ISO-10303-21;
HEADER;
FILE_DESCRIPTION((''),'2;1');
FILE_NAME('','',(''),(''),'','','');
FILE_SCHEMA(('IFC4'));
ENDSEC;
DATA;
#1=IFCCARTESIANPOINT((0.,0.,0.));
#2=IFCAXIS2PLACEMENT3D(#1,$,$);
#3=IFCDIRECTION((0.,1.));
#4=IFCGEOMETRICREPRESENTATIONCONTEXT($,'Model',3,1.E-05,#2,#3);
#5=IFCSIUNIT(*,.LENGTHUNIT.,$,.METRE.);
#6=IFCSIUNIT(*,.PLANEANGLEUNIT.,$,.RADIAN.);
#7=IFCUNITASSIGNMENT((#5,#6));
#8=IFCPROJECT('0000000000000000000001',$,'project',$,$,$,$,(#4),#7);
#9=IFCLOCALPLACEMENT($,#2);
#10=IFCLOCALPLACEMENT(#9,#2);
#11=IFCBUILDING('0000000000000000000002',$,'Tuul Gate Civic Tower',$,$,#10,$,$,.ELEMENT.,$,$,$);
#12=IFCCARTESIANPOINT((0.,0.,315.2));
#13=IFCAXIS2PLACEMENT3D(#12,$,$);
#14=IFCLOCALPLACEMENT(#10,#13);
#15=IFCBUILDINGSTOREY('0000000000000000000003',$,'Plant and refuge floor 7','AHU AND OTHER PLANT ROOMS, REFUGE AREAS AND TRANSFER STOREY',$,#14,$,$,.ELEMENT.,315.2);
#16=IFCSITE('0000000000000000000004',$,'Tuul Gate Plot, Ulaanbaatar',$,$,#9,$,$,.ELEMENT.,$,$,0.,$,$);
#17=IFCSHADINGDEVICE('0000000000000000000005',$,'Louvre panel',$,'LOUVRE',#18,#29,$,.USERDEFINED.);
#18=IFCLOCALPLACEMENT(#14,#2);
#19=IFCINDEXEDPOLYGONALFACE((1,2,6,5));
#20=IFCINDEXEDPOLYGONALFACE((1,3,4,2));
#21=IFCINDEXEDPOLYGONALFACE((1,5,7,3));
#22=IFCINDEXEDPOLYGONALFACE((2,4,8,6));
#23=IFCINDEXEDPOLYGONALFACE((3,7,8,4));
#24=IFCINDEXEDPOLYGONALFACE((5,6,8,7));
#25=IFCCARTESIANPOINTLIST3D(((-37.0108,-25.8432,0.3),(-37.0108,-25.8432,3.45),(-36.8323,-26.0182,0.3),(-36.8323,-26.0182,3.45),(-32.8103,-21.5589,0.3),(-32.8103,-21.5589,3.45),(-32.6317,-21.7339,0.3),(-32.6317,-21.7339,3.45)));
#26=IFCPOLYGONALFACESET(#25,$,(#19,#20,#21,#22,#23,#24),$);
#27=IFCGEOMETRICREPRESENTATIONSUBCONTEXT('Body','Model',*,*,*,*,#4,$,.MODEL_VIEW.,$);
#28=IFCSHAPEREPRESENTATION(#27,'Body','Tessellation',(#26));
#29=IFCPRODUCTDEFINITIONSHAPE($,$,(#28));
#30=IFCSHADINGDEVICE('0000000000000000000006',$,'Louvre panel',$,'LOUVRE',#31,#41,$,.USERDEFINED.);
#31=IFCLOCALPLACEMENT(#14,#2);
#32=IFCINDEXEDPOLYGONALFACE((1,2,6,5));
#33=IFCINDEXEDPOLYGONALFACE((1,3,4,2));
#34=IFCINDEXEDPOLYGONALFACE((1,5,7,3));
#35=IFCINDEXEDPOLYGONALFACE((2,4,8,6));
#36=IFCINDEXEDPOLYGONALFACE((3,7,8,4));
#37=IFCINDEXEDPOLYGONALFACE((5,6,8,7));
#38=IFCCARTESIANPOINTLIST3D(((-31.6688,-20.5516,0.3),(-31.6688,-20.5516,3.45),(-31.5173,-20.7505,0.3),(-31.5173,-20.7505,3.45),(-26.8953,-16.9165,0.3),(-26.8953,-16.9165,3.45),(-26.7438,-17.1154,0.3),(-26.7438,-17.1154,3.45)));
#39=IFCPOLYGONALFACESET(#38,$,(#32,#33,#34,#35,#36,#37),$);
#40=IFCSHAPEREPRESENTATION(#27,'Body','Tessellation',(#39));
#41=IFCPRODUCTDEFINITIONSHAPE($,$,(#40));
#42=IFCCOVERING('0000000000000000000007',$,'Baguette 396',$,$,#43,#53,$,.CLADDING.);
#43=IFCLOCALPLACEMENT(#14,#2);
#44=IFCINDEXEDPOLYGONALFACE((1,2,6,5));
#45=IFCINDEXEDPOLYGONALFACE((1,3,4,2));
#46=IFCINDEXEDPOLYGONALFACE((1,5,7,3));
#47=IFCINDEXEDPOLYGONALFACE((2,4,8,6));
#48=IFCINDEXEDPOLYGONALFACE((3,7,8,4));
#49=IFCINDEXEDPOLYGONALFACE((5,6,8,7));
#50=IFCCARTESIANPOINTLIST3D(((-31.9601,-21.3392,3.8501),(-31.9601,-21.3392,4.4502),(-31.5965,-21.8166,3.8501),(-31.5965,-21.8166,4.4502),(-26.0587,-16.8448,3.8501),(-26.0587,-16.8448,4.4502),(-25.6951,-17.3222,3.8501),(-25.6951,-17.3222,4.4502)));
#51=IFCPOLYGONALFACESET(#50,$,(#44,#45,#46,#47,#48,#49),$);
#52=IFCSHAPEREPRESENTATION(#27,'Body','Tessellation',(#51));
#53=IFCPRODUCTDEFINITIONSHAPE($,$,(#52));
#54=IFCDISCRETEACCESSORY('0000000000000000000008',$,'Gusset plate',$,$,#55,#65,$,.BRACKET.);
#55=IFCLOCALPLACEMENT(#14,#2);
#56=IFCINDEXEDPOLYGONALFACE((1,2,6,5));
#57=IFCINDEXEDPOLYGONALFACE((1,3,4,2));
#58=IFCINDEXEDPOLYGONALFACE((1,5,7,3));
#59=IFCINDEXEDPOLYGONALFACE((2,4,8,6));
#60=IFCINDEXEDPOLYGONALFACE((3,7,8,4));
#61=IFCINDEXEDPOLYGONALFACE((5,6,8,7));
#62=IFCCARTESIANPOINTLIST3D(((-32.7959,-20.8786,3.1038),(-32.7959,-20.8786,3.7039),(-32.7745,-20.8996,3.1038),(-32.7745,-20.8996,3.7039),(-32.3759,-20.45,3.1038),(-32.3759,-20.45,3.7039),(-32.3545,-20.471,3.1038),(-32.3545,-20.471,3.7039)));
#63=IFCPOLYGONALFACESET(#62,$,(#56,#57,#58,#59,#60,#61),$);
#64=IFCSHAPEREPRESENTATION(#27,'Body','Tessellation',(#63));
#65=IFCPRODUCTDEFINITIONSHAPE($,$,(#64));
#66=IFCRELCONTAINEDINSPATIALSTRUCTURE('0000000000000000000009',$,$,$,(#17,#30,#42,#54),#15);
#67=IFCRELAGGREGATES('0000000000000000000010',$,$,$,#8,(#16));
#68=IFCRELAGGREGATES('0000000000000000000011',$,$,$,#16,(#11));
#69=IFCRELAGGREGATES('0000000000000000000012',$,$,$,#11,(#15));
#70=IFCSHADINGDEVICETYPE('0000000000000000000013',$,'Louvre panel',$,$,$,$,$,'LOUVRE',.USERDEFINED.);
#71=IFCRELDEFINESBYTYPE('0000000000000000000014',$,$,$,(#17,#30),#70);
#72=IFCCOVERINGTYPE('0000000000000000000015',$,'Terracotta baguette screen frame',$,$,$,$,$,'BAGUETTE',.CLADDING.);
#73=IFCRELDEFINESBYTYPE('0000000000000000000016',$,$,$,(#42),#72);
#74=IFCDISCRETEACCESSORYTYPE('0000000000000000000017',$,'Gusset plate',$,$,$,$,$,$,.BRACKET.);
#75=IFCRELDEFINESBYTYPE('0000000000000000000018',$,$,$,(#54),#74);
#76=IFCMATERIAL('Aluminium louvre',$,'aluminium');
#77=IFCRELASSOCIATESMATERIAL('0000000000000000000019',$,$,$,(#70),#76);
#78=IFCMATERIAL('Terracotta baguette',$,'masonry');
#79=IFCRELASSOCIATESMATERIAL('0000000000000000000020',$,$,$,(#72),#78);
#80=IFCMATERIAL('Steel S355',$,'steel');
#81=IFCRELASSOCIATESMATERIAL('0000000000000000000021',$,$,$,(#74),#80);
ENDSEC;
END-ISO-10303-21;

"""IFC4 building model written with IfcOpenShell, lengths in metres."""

from ifc_helpers import new_model, si_unit, direction, frame, origin, origin_2d, place, context, subcontext, project, spatial, rectangle, extrude, material, material_profile, profile_set, type_object, element, save


model = new_model("IFC4")

# Units and contexts
model_context = context("Model", 3, precision=1e-05, world=origin(), true_north=direction((0.0, 1.0)))
body_context = subcontext(model_context, "Body", "Model", "MODEL_VIEW")
ifc_project = project(units=[si_unit("LENGTHUNIT", "METRE"), si_unit("PLANEANGLEUNIT", "RADIAN")], contexts=[model_context])

# Site, building, storey
site_placement = place(None, origin())
site = spatial("IfcSite", under=ifc_project, at=site_placement, Name="Tuul Gate Plot, Ulaanbaatar", CompositionType="ELEMENT", RefElevation=0.0)
building_placement = place(site_placement, origin())
building = spatial("IfcBuilding", under=site, at=building_placement, Name="Tuul Gate Civic Tower", CompositionType="ELEMENT")
storey_placement = place(building_placement, frame((0.0, 0.0, 315.2)))
storey = spatial("IfcBuildingStorey", under=building, at=storey_placement, Name="Plant and refuge floor 7", Description="AHU AND OTHER PLANT ROOMS, REFUGE AREAS AND TRANSFER STOREY", CompositionType="ELEMENT", Elevation=315.2)

# Shading devices
ifc_material_1 = material(Name="Aluminium louvre", Category="aluminium")
shading_device_type = type_object("IfcShadingDeviceType", Name="Louvre panel", ElementType="LOUVRE", PredefinedType="USERDEFINED", material=ifc_material_1)
for number, where, z_axis, x_axis, name in (
    (1, (-34.8213, -23.7886, 0.3), (0.0, 0.0, 1.0), (0.714048, -0.700097, 0.0), "Louvre panel"),
    (2, (-29.2063, -18.8335, 0.3), (0.0, 0.0, 1.0), (0.605851, -0.795578, 0.0), "Louvre panel"),
):
    element("IfcShadingDevice", number, at=place(storey_placement, frame(where, z_axis=z_axis, x_axis=x_axis)), inside=storey, type_object=shading_device_type, Name=name, ObjectType="LOUVRE", PredefinedType="USERDEFINED", context=body_context, shape_type="SweptSolid", body=[
        extrude(rectangle(XDim=0.25, YDim=6.0, at=origin_2d()), origin(), (0.0, 0.0, 1.0), 3.1499),
    ])

# Covering
ifc_material_2 = material(Name="Terracotta baguette", Category="masonry")
ifc_material_profile_1 = material_profile(ifc_material_2, rectangle(XDim=0.6001, YDim=0.6001, at=origin_2d()), Name="Terracotta baguette screen frame")
ifc_profile_set_1 = profile_set([ifc_material_profile_1], Name="Terracotta baguette")
covering_type = type_object("IfcCoveringType", Name="Terracotta baguette screen frame", ElementType="BAGUETTE", PredefinedType="CLADDING", material=ifc_profile_set_1)
covering_placement = place(storey_placement, frame((-31.7783, -21.5779, 4.1501), z_axis=(0.795555, 0.605882, 0.0), x_axis=(-0.605882, 0.795555, 0.0)))
element("IfcCovering", 3, at=covering_placement, inside=storey, type_object=covering_type, Name="Baguette 396", PredefinedType="CLADDING", context=body_context, shape_type="SweptSolid", body=[
    extrude(rectangle(XDim=0.6001, YDim=0.6001, at=origin_2d()), origin(), (0.0, 0.0, 1.0), 7.418),
])

# Discrete accessory
ifc_material_3 = material(Name="Steel S355", Category="steel")
discrete_accessory_type = type_object("IfcDiscreteAccessoryType", Name="Gusset plate", PredefinedType="BRACKET", material=ifc_material_3)
discrete_accessory_placement = place(storey_placement, frame((-32.5752, -20.6748, 3.1038), z_axis=(0.0, 0.0, 1.0), x_axis=(-0.699958, -0.714184, 0.0)))
element("IfcDiscreteAccessory", 4, at=discrete_accessory_placement, inside=storey, type_object=discrete_accessory_type, Name="Gusset plate", PredefinedType="BRACKET", context=body_context, shape_type="SweptSolid", body=[
    extrude(rectangle(XDim=0.6001, YDim=0.03, at=origin_2d()), origin(), (0.0, 0.0, 1.0), 0.6001),
])

save(model, "model.ifc")
